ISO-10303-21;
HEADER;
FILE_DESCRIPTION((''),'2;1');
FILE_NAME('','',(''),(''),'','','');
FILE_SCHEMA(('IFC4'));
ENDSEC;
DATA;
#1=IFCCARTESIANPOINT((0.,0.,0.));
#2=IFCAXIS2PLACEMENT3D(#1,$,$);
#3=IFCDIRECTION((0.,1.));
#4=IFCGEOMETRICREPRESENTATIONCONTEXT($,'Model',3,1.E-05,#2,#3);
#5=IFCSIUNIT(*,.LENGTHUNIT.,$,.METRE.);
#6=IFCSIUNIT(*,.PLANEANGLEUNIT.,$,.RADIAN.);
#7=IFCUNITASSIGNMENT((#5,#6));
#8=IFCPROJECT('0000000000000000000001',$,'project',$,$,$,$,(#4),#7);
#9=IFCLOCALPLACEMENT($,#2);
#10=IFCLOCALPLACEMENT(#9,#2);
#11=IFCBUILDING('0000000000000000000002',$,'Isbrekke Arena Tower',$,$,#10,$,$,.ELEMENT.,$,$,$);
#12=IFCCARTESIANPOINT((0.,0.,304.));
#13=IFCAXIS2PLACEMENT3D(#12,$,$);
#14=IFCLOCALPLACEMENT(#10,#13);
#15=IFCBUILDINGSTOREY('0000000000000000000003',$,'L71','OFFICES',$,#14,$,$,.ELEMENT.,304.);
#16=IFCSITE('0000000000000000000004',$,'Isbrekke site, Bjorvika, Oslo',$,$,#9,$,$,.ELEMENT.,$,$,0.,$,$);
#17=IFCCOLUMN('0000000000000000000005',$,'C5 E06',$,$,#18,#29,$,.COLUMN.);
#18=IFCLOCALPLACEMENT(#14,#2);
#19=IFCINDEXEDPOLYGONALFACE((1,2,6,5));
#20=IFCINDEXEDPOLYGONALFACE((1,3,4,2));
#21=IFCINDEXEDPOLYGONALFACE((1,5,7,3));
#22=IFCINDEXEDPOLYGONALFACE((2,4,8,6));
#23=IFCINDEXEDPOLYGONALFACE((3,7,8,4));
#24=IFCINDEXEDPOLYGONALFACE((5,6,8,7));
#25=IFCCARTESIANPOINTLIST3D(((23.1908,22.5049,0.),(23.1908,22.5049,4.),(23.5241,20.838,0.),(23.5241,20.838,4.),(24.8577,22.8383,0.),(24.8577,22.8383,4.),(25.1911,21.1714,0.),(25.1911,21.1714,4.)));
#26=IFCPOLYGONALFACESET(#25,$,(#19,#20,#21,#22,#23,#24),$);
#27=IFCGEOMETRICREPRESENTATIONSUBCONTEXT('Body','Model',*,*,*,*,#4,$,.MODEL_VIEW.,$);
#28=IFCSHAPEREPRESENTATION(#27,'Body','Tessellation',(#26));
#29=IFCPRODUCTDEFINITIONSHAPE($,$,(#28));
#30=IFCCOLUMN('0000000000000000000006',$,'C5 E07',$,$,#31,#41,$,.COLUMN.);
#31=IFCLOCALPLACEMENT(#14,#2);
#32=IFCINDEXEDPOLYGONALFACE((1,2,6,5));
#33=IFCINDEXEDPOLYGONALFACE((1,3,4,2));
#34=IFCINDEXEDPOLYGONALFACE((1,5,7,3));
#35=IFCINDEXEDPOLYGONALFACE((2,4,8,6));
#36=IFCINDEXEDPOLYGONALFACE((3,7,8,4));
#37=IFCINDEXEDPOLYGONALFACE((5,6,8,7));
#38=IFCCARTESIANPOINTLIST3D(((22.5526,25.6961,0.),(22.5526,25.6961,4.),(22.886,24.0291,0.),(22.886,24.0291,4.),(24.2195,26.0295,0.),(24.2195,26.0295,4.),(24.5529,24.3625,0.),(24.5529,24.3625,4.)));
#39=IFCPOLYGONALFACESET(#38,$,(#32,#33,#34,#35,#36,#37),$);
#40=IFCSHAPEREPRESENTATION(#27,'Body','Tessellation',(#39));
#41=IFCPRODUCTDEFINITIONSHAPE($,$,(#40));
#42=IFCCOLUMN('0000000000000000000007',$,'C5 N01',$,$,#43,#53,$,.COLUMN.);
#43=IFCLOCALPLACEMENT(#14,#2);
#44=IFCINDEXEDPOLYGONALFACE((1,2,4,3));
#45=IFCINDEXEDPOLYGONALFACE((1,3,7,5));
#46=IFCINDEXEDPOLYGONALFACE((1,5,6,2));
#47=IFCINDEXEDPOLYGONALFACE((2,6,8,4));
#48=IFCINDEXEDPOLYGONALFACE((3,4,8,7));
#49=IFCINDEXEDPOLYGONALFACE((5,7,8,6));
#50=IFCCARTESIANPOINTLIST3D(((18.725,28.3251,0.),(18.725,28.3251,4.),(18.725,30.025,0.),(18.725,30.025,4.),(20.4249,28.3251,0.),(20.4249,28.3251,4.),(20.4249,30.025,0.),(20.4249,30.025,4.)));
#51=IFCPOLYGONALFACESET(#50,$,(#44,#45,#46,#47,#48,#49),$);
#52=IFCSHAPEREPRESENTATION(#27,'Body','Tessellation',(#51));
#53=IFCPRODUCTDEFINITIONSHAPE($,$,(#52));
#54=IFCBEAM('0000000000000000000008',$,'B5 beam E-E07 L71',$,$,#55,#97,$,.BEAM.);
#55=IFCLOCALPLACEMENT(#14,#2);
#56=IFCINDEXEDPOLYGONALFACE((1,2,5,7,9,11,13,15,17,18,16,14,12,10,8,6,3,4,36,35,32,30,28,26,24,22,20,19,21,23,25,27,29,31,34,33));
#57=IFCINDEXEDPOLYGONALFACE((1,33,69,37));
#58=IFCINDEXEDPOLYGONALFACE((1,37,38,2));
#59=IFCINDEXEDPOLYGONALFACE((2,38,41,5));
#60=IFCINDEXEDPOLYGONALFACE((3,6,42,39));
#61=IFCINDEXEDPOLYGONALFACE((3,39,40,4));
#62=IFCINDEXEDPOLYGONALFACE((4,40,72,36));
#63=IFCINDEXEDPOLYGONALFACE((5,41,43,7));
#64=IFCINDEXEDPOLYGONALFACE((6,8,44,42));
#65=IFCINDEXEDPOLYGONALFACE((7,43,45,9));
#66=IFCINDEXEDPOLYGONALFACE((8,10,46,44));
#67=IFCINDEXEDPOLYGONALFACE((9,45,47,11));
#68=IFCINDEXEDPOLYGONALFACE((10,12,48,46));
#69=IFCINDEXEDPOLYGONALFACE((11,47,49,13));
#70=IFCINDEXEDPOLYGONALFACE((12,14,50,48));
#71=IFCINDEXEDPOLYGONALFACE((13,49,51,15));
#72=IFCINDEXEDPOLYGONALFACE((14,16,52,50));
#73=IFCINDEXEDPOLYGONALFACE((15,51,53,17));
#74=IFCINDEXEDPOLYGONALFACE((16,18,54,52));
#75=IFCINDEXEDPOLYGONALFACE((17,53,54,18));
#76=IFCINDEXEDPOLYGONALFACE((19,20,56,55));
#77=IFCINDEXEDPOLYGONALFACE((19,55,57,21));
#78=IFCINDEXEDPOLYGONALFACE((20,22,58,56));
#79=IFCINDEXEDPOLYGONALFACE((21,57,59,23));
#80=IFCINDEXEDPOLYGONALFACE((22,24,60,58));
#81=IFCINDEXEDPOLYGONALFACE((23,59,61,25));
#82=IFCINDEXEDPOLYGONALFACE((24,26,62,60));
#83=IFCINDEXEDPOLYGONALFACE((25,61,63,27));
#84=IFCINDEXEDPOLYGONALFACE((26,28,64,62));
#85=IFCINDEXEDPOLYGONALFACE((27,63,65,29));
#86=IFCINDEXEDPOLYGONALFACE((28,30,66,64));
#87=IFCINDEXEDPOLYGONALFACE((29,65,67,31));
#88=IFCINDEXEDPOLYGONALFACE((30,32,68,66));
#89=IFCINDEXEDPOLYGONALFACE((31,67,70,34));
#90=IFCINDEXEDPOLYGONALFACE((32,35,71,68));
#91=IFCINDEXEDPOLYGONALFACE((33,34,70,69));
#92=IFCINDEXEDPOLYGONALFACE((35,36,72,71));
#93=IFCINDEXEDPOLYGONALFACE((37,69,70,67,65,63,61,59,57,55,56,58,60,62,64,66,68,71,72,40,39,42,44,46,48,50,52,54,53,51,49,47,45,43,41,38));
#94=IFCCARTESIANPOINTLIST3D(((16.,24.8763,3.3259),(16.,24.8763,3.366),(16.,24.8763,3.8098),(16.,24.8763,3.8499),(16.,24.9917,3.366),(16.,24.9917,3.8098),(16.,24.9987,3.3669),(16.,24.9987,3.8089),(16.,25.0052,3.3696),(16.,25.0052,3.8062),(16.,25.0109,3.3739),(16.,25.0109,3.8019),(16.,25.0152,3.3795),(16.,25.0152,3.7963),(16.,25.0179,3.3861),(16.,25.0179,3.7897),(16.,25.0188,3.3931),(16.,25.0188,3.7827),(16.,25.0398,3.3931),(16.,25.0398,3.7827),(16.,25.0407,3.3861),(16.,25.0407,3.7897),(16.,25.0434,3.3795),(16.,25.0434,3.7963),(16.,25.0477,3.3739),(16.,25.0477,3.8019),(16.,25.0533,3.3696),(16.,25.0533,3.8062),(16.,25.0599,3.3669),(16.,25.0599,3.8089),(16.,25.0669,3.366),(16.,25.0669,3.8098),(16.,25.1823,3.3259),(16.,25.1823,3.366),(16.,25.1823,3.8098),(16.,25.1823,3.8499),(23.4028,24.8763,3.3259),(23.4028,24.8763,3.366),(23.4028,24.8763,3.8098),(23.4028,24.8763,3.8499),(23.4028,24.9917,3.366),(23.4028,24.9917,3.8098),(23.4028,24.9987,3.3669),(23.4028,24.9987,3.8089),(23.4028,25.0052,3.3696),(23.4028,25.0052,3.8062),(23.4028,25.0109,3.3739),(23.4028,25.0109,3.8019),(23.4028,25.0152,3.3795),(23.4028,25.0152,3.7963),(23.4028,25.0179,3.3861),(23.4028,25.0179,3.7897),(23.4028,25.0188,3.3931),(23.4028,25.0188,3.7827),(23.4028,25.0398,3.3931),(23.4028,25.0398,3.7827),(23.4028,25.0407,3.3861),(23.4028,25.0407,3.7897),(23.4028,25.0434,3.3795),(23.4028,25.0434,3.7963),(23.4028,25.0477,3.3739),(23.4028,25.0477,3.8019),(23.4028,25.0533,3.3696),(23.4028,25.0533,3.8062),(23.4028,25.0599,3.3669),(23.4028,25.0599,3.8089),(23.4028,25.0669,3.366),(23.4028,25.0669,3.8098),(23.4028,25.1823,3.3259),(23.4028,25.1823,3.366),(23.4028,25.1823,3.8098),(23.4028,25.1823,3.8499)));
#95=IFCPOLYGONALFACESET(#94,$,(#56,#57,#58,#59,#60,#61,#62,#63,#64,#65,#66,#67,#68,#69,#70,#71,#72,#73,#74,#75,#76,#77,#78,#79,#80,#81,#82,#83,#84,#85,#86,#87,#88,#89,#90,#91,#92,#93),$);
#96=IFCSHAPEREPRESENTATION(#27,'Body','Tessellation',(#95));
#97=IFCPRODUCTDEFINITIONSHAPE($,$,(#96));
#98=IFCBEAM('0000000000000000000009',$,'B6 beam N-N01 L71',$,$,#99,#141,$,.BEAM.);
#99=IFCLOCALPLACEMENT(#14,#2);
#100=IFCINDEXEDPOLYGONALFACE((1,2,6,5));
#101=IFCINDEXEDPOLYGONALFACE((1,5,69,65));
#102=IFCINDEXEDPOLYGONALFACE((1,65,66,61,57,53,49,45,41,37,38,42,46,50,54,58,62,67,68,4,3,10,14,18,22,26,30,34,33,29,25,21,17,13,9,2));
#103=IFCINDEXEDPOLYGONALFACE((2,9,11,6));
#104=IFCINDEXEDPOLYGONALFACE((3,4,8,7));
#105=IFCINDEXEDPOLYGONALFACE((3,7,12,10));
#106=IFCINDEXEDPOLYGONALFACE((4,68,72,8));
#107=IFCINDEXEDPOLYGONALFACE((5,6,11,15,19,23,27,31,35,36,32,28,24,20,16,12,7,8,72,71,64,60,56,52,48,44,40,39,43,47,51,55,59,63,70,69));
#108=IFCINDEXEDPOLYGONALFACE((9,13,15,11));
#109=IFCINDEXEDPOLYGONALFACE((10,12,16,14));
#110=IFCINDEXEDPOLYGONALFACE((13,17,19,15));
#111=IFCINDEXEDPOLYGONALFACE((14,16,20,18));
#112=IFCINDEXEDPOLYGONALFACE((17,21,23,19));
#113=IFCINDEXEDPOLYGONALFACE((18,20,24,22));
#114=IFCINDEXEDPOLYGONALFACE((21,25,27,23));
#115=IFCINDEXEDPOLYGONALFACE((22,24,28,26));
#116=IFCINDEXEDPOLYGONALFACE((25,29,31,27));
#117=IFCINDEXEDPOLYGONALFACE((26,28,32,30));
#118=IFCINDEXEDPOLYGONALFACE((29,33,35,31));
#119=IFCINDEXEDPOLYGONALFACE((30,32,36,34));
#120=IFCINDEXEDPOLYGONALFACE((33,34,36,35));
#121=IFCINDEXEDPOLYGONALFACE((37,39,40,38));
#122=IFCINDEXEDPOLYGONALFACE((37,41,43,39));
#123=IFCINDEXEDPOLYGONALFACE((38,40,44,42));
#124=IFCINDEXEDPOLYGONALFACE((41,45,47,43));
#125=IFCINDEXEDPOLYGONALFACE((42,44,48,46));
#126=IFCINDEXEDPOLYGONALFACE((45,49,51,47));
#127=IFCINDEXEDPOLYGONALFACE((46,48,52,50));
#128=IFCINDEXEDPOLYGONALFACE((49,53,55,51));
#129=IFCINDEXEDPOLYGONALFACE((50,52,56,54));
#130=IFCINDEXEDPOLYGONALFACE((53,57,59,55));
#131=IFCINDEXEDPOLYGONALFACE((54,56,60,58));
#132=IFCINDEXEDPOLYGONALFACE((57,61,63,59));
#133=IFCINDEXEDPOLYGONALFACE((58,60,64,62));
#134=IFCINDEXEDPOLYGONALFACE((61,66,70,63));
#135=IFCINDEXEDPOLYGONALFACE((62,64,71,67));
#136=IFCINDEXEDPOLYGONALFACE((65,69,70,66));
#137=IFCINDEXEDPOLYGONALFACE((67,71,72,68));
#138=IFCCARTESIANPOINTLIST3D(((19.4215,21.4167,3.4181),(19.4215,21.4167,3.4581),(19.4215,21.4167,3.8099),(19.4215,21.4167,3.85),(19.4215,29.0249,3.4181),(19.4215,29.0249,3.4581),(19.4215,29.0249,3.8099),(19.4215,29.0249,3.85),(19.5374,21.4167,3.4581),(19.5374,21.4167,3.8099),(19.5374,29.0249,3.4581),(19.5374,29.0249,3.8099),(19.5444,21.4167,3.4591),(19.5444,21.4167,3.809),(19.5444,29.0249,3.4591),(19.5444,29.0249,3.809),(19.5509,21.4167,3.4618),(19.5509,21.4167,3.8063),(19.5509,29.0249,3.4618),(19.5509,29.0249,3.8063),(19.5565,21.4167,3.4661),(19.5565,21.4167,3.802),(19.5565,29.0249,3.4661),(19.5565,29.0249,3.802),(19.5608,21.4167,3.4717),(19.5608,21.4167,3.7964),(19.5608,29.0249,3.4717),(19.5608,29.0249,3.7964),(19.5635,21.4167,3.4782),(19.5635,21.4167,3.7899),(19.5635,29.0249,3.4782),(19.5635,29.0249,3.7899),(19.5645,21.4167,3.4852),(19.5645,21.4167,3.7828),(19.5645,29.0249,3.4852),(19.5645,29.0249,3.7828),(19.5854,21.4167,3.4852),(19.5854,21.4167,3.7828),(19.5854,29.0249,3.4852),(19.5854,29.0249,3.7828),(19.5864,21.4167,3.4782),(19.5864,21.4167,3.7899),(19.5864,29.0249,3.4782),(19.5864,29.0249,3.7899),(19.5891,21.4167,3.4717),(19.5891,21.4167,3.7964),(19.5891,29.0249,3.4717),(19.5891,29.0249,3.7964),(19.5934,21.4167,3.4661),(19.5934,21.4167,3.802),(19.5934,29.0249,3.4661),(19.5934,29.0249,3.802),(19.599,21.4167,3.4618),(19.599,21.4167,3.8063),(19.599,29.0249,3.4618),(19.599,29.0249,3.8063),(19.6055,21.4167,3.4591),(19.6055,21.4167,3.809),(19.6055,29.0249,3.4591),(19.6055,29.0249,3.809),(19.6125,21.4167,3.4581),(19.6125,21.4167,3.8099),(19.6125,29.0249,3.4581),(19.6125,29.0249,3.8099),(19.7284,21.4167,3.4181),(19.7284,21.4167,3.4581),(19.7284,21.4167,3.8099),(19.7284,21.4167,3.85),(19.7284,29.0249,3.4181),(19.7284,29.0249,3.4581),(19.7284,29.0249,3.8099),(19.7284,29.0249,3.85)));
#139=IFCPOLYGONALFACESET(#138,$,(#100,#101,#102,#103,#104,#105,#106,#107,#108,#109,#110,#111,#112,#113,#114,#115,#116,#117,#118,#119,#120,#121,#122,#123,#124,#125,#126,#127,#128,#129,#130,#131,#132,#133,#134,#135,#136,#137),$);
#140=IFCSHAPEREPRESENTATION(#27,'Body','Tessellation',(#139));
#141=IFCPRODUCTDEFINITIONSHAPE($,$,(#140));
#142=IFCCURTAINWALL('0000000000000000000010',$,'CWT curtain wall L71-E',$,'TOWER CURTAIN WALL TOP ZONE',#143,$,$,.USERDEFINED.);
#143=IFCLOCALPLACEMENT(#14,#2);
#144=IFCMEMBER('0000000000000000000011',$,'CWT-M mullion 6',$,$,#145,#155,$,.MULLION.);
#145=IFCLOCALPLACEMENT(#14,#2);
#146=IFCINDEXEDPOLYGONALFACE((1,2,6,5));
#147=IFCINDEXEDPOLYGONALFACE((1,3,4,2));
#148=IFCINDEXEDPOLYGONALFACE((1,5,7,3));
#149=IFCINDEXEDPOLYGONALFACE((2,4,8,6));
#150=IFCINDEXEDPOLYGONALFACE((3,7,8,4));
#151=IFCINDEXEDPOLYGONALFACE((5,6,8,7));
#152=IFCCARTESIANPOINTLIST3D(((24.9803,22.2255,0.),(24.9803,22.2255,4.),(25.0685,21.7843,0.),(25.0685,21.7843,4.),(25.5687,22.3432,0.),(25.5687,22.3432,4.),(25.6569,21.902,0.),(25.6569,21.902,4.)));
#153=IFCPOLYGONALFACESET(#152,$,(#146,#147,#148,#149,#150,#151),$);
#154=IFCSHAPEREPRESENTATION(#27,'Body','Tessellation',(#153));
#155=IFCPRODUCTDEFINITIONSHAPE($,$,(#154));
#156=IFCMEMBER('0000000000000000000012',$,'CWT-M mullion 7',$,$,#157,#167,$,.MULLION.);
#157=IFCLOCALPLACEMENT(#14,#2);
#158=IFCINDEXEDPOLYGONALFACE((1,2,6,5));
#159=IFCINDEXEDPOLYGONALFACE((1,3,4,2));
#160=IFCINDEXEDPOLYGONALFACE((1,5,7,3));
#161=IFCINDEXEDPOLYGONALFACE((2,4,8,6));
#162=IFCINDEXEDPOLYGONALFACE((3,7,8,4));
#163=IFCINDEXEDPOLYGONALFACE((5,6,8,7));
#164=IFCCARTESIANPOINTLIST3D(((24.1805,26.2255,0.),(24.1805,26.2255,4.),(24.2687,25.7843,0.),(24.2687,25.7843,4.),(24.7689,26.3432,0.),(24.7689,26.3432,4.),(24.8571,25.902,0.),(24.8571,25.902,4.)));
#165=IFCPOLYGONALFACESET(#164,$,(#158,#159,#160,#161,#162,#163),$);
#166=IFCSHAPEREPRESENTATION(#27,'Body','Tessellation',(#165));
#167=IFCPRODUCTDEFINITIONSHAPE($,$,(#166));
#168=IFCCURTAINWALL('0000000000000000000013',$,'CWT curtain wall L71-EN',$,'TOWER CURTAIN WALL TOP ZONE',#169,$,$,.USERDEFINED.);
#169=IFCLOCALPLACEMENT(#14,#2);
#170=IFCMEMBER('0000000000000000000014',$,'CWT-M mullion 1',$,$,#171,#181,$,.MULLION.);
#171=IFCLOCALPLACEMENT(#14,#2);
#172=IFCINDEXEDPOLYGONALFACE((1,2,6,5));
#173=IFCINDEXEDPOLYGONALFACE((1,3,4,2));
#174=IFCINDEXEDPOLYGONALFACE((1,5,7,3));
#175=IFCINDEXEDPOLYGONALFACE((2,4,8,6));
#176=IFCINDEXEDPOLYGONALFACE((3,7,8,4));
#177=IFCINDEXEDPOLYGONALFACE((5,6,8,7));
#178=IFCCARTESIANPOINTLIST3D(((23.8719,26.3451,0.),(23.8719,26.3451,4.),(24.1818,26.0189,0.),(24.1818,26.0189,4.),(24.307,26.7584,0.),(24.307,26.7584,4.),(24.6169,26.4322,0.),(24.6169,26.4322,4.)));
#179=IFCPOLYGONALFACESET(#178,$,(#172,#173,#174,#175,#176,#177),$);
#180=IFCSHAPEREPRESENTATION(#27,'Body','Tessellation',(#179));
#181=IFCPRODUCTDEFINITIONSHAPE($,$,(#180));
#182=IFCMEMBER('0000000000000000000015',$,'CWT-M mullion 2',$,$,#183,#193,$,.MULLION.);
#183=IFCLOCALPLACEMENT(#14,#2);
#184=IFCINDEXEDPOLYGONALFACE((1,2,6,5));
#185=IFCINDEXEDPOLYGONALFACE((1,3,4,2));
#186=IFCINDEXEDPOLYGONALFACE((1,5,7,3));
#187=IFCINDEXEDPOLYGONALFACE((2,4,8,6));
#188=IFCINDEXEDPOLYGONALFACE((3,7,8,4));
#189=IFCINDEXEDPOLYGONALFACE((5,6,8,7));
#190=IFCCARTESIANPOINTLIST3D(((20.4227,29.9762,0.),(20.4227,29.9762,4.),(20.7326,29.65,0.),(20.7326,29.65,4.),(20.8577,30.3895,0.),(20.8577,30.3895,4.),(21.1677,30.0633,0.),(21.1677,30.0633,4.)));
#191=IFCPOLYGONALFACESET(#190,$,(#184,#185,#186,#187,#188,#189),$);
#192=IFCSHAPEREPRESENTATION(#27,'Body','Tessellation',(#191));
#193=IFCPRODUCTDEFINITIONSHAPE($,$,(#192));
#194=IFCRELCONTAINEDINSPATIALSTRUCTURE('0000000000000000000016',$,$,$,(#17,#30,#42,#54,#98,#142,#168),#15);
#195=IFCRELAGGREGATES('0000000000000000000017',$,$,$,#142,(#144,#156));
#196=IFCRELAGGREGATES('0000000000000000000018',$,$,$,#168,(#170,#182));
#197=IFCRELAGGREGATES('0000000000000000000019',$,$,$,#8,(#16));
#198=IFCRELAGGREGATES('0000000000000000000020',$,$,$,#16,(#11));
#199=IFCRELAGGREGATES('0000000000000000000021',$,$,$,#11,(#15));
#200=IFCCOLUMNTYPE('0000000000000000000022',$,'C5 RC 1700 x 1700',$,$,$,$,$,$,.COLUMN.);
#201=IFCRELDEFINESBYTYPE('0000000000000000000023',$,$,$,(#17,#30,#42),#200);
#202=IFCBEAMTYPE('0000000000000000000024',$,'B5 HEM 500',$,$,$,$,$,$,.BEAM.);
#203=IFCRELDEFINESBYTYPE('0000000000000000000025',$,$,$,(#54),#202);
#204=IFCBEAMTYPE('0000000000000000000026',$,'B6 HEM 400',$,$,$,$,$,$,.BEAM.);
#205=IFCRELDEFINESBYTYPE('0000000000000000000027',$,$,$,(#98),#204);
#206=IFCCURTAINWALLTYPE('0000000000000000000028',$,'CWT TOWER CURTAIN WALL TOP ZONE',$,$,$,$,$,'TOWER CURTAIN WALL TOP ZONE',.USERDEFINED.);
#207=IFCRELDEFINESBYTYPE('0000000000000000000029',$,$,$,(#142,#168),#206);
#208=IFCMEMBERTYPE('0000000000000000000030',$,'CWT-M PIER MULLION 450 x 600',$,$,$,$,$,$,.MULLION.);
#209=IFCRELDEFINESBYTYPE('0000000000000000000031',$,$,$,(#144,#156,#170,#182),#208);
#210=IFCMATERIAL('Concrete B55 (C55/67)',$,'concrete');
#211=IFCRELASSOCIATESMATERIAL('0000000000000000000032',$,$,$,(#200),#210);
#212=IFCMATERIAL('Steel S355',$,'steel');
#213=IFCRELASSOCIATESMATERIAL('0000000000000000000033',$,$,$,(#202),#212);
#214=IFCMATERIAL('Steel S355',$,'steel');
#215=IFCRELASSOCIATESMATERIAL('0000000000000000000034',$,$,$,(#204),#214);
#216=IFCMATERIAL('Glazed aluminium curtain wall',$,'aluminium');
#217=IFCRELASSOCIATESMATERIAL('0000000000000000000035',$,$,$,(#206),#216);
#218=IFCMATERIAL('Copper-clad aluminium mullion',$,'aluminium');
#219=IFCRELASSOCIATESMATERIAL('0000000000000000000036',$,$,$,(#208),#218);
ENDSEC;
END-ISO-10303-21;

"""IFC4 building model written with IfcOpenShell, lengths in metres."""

from ifc_helpers import new_model, si_unit, direction, frame, origin, origin_2d, place, context, subcontext, project, spatial, rectangle, i_section, extrude, material, material_profile, profile_set, type_object, element, aggregate, save


model = new_model("IFC4")

# Units and contexts
model_context = context("Model", 3, precision=1e-05, world=origin(), true_north=direction((0.0, 1.0)))
body_context = subcontext(model_context, "Body", "Model", "MODEL_VIEW")
ifc_project = project(units=[si_unit("LENGTHUNIT", "METRE"), si_unit("PLANEANGLEUNIT", "RADIAN")], contexts=[model_context])

# Site, building, storey
site_placement = place(None, origin())
site = spatial("IfcSite", under=ifc_project, at=site_placement, Name="Isbrekke site, Bjorvika, Oslo", CompositionType="ELEMENT", RefElevation=0.0)
building_placement = place(site_placement, origin())
building = spatial("IfcBuilding", under=site, at=building_placement, Name="Isbrekke Arena Tower", CompositionType="ELEMENT")
storey_placement = place(building_placement, frame((0.0, 0.0, 304.0)))
storey = spatial("IfcBuildingStorey", under=building, at=storey_placement, Name="L71", Description="OFFICES", CompositionType="ELEMENT", Elevation=304.0)

# Columns
ifc_material_1 = material(Name="Concrete B55 (C55/67)", Category="concrete")
ifc_material_profile_1 = material_profile(ifc_material_1, rectangle(XDim=1.7, YDim=1.7, at=origin_2d()), Name="RC 1700x1700")
ifc_profile_set_1 = profile_set([ifc_material_profile_1], Name="Concrete B55 (C55/67)")
column_type = type_object("IfcColumnType", Name="C5 RC 1700 x 1700", PredefinedType="COLUMN", material=ifc_profile_set_1)
for number, where, z_axis, x_axis, name in (
    (1, (24.1909, 21.8381, 0.0), (0.0, 0.0, 1.0), (-0.196116, 0.980581, 0.0), "C5 E06"),
    (2, (23.5527, 25.0293, 0.0), (0.0, 0.0, 1.0), (-0.196116, 0.980581, 0.0), "C5 E07"),
    (3, (19.575, 29.175, 0.0), (0.0, 0.0, 1.0), (-1.0, 0.0, 0.0), "C5 N01"),
):
    element("IfcColumn", number, at=place(storey_placement, frame(where, z_axis=z_axis, x_axis=x_axis)), inside=storey, type_object=column_type, Name=name, PredefinedType="COLUMN", context=body_context, shape_type="SweptSolid", body=[
        extrude(rectangle(XDim=1.7, YDim=1.7, at=origin_2d()), origin(), (0.0, 0.0, 1.0), 4.0),
    ])

# Beams
ifc_material_2 = material(Name="Steel S355", Category="steel")
ifc_material_profile_2 = material_profile(ifc_material_2, i_section(OverallWidth=0.3059, OverallDepth=0.5239, WebThickness=0.021, FlangeThickness=0.04, FilletRadius=0.0271, at=origin_2d()), Name="HEM 500")
ifc_profile_set_2 = profile_set([ifc_material_profile_2], Name="Steel S355")
beam_type_1 = type_object("IfcBeamType", Name="B5 HEM 500", PredefinedType="BEAM", material=ifc_profile_set_2)
beam_1_placement = place(storey_placement, frame((23.4028, 25.0293, 3.5879), z_axis=(-1.0, 0.0, 0.0), x_axis=(0.0, -1.0, 0.0)))
element("IfcBeam", 4, at=beam_1_placement, inside=storey, type_object=beam_type_1, Name="B5 beam E-E07 L71", PredefinedType="BEAM", context=body_context, shape_type="SweptSolid", body=[
    extrude(i_section(OverallWidth=0.3059, OverallDepth=0.5239, WebThickness=0.021, FlangeThickness=0.04, FilletRadius=0.0271, at=origin_2d()), origin(), (0.0, 0.0, 1.0), 7.4028),
])
ifc_material_3 = material(Name="Steel S355", Category="steel")
ifc_material_profile_3 = material_profile(ifc_material_3, i_section(OverallWidth=0.3069, OverallDepth=0.4319, WebThickness=0.021, FlangeThickness=0.04, FilletRadius=0.0271, at=origin_2d()), Name="HEM 400")
ifc_profile_set_3 = profile_set([ifc_material_profile_3], Name="Steel S355")
beam_type_2 = type_object("IfcBeamType", Name="B6 HEM 400", PredefinedType="BEAM", material=ifc_profile_set_3)
beam_2_placement = place(storey_placement, frame((19.575, 29.0249, 3.634), z_axis=(0.0, -1.0, 0.0), x_axis=(1.0, 0.0, 0.0)))
element("IfcBeam", 5, at=beam_2_placement, inside=storey, type_object=beam_type_2, Name="B6 beam N-N01 L71", PredefinedType="BEAM", context=body_context, shape_type="SweptSolid", body=[
    extrude(i_section(OverallWidth=0.3069, OverallDepth=0.4319, WebThickness=0.021, FlangeThickness=0.04, FilletRadius=0.0271, at=origin_2d()), origin(), (0.0, 0.0, 1.0), 7.6082),
])

# Curtain walls, members
ifc_material_4 = material(Name="Glazed aluminium curtain wall", Category="aluminium")
curtain_wall_type = type_object("IfcCurtainWallType", Name="CWT TOWER CURTAIN WALL TOP ZONE", ElementType="TOWER CURTAIN WALL TOP ZONE", PredefinedType="USERDEFINED", material=ifc_material_4)
curtain_wall_1_placement = place(storey_placement, origin())
curtain_wall_1 = element("IfcCurtainWall", 6, at=curtain_wall_1_placement, inside=storey, type_object=curtain_wall_type, Name="CWT curtain wall L71-E", ObjectType="TOWER CURTAIN WALL TOP ZONE", PredefinedType="USERDEFINED")
ifc_material_5 = material(Name="Copper-clad aluminium mullion", Category="aluminium")
ifc_material_profile_4 = material_profile(ifc_material_5, rectangle(XDim=0.45, YDim=0.6001, at=origin_2d()), Name="PIER 450X600")
ifc_profile_set_4 = profile_set([ifc_material_profile_4], Name="Copper-clad aluminium mullion")
member_type_1 = type_object("IfcMemberType", Name="CWT-M PIER MULLION 450 x 600", PredefinedType="MULLION", material=ifc_profile_set_4)
member_1_placement = place(storey_placement, frame((25.3186, 22.0637, 0.0), z_axis=(0.0, 0.0, 1.0), x_axis=(-0.196116, 0.980581, 0.0)))
member_1 = element("IfcMember", 7, at=member_1_placement, type_object=member_type_1, Name="CWT-M mullion 6", PredefinedType="MULLION", context=body_context, shape_type="SweptSolid", body=[
    extrude(rectangle(XDim=0.45, YDim=0.6001, at=origin_2d()), origin(), (0.0, 0.0, 1.0), 4.0),
])
member_2_placement = place(storey_placement, frame((24.5188, 26.0637, 0.0), z_axis=(0.0, 0.0, 1.0), x_axis=(-0.196116, 0.980581, 0.0)))
member_2 = element("IfcMember", 8, at=member_2_placement, type_object=member_type_1, Name="CWT-M mullion 7", PredefinedType="MULLION", context=body_context, shape_type="SweptSolid", body=[
    extrude(rectangle(XDim=0.45, YDim=0.6001, at=origin_2d()), origin(), (0.0, 0.0, 1.0), 4.0),
])
curtain_wall_2_placement = place(storey_placement, origin())
curtain_wall_2 = element("IfcCurtainWall", 9, at=curtain_wall_2_placement, inside=storey, type_object=curtain_wall_type, Name="CWT curtain wall L71-EN", ObjectType="TOWER CURTAIN WALL TOP ZONE", PredefinedType="USERDEFINED")
member_3_placement = place(storey_placement, frame((24.2444, 26.3887, 0.0), z_axis=(0.0, 0.0, 1.0), x_axis=(-0.688749, 0.724999, 0.0)))
member_3 = element("IfcMember", 10, at=member_3_placement, type_object=member_type_1, Name="CWT-M mullion 1", PredefinedType="MULLION", context=body_context, shape_type="SweptSolid", body=[
    extrude(rectangle(XDim=0.45, YDim=0.6001, at=origin_2d()), origin(), (0.0, 0.0, 1.0), 4.0),
])
member_4_placement = place(storey_placement, frame((20.7952, 30.0198, 0.0), z_axis=(0.0, 0.0, 1.0), x_axis=(-0.688749, 0.724999, 0.0)))
member_4 = element("IfcMember", 11, at=member_4_placement, type_object=member_type_1, Name="CWT-M mullion 2", PredefinedType="MULLION", context=body_context, shape_type="SweptSolid", body=[
    extrude(rectangle(XDim=0.45, YDim=0.6001, at=origin_2d()), origin(), (0.0, 0.0, 1.0), 4.0),
])

aggregate(curtain_wall_1, [member_1, member_2])
aggregate(curtain_wall_2, [member_3, member_4])

save(model, "model.ifc")
